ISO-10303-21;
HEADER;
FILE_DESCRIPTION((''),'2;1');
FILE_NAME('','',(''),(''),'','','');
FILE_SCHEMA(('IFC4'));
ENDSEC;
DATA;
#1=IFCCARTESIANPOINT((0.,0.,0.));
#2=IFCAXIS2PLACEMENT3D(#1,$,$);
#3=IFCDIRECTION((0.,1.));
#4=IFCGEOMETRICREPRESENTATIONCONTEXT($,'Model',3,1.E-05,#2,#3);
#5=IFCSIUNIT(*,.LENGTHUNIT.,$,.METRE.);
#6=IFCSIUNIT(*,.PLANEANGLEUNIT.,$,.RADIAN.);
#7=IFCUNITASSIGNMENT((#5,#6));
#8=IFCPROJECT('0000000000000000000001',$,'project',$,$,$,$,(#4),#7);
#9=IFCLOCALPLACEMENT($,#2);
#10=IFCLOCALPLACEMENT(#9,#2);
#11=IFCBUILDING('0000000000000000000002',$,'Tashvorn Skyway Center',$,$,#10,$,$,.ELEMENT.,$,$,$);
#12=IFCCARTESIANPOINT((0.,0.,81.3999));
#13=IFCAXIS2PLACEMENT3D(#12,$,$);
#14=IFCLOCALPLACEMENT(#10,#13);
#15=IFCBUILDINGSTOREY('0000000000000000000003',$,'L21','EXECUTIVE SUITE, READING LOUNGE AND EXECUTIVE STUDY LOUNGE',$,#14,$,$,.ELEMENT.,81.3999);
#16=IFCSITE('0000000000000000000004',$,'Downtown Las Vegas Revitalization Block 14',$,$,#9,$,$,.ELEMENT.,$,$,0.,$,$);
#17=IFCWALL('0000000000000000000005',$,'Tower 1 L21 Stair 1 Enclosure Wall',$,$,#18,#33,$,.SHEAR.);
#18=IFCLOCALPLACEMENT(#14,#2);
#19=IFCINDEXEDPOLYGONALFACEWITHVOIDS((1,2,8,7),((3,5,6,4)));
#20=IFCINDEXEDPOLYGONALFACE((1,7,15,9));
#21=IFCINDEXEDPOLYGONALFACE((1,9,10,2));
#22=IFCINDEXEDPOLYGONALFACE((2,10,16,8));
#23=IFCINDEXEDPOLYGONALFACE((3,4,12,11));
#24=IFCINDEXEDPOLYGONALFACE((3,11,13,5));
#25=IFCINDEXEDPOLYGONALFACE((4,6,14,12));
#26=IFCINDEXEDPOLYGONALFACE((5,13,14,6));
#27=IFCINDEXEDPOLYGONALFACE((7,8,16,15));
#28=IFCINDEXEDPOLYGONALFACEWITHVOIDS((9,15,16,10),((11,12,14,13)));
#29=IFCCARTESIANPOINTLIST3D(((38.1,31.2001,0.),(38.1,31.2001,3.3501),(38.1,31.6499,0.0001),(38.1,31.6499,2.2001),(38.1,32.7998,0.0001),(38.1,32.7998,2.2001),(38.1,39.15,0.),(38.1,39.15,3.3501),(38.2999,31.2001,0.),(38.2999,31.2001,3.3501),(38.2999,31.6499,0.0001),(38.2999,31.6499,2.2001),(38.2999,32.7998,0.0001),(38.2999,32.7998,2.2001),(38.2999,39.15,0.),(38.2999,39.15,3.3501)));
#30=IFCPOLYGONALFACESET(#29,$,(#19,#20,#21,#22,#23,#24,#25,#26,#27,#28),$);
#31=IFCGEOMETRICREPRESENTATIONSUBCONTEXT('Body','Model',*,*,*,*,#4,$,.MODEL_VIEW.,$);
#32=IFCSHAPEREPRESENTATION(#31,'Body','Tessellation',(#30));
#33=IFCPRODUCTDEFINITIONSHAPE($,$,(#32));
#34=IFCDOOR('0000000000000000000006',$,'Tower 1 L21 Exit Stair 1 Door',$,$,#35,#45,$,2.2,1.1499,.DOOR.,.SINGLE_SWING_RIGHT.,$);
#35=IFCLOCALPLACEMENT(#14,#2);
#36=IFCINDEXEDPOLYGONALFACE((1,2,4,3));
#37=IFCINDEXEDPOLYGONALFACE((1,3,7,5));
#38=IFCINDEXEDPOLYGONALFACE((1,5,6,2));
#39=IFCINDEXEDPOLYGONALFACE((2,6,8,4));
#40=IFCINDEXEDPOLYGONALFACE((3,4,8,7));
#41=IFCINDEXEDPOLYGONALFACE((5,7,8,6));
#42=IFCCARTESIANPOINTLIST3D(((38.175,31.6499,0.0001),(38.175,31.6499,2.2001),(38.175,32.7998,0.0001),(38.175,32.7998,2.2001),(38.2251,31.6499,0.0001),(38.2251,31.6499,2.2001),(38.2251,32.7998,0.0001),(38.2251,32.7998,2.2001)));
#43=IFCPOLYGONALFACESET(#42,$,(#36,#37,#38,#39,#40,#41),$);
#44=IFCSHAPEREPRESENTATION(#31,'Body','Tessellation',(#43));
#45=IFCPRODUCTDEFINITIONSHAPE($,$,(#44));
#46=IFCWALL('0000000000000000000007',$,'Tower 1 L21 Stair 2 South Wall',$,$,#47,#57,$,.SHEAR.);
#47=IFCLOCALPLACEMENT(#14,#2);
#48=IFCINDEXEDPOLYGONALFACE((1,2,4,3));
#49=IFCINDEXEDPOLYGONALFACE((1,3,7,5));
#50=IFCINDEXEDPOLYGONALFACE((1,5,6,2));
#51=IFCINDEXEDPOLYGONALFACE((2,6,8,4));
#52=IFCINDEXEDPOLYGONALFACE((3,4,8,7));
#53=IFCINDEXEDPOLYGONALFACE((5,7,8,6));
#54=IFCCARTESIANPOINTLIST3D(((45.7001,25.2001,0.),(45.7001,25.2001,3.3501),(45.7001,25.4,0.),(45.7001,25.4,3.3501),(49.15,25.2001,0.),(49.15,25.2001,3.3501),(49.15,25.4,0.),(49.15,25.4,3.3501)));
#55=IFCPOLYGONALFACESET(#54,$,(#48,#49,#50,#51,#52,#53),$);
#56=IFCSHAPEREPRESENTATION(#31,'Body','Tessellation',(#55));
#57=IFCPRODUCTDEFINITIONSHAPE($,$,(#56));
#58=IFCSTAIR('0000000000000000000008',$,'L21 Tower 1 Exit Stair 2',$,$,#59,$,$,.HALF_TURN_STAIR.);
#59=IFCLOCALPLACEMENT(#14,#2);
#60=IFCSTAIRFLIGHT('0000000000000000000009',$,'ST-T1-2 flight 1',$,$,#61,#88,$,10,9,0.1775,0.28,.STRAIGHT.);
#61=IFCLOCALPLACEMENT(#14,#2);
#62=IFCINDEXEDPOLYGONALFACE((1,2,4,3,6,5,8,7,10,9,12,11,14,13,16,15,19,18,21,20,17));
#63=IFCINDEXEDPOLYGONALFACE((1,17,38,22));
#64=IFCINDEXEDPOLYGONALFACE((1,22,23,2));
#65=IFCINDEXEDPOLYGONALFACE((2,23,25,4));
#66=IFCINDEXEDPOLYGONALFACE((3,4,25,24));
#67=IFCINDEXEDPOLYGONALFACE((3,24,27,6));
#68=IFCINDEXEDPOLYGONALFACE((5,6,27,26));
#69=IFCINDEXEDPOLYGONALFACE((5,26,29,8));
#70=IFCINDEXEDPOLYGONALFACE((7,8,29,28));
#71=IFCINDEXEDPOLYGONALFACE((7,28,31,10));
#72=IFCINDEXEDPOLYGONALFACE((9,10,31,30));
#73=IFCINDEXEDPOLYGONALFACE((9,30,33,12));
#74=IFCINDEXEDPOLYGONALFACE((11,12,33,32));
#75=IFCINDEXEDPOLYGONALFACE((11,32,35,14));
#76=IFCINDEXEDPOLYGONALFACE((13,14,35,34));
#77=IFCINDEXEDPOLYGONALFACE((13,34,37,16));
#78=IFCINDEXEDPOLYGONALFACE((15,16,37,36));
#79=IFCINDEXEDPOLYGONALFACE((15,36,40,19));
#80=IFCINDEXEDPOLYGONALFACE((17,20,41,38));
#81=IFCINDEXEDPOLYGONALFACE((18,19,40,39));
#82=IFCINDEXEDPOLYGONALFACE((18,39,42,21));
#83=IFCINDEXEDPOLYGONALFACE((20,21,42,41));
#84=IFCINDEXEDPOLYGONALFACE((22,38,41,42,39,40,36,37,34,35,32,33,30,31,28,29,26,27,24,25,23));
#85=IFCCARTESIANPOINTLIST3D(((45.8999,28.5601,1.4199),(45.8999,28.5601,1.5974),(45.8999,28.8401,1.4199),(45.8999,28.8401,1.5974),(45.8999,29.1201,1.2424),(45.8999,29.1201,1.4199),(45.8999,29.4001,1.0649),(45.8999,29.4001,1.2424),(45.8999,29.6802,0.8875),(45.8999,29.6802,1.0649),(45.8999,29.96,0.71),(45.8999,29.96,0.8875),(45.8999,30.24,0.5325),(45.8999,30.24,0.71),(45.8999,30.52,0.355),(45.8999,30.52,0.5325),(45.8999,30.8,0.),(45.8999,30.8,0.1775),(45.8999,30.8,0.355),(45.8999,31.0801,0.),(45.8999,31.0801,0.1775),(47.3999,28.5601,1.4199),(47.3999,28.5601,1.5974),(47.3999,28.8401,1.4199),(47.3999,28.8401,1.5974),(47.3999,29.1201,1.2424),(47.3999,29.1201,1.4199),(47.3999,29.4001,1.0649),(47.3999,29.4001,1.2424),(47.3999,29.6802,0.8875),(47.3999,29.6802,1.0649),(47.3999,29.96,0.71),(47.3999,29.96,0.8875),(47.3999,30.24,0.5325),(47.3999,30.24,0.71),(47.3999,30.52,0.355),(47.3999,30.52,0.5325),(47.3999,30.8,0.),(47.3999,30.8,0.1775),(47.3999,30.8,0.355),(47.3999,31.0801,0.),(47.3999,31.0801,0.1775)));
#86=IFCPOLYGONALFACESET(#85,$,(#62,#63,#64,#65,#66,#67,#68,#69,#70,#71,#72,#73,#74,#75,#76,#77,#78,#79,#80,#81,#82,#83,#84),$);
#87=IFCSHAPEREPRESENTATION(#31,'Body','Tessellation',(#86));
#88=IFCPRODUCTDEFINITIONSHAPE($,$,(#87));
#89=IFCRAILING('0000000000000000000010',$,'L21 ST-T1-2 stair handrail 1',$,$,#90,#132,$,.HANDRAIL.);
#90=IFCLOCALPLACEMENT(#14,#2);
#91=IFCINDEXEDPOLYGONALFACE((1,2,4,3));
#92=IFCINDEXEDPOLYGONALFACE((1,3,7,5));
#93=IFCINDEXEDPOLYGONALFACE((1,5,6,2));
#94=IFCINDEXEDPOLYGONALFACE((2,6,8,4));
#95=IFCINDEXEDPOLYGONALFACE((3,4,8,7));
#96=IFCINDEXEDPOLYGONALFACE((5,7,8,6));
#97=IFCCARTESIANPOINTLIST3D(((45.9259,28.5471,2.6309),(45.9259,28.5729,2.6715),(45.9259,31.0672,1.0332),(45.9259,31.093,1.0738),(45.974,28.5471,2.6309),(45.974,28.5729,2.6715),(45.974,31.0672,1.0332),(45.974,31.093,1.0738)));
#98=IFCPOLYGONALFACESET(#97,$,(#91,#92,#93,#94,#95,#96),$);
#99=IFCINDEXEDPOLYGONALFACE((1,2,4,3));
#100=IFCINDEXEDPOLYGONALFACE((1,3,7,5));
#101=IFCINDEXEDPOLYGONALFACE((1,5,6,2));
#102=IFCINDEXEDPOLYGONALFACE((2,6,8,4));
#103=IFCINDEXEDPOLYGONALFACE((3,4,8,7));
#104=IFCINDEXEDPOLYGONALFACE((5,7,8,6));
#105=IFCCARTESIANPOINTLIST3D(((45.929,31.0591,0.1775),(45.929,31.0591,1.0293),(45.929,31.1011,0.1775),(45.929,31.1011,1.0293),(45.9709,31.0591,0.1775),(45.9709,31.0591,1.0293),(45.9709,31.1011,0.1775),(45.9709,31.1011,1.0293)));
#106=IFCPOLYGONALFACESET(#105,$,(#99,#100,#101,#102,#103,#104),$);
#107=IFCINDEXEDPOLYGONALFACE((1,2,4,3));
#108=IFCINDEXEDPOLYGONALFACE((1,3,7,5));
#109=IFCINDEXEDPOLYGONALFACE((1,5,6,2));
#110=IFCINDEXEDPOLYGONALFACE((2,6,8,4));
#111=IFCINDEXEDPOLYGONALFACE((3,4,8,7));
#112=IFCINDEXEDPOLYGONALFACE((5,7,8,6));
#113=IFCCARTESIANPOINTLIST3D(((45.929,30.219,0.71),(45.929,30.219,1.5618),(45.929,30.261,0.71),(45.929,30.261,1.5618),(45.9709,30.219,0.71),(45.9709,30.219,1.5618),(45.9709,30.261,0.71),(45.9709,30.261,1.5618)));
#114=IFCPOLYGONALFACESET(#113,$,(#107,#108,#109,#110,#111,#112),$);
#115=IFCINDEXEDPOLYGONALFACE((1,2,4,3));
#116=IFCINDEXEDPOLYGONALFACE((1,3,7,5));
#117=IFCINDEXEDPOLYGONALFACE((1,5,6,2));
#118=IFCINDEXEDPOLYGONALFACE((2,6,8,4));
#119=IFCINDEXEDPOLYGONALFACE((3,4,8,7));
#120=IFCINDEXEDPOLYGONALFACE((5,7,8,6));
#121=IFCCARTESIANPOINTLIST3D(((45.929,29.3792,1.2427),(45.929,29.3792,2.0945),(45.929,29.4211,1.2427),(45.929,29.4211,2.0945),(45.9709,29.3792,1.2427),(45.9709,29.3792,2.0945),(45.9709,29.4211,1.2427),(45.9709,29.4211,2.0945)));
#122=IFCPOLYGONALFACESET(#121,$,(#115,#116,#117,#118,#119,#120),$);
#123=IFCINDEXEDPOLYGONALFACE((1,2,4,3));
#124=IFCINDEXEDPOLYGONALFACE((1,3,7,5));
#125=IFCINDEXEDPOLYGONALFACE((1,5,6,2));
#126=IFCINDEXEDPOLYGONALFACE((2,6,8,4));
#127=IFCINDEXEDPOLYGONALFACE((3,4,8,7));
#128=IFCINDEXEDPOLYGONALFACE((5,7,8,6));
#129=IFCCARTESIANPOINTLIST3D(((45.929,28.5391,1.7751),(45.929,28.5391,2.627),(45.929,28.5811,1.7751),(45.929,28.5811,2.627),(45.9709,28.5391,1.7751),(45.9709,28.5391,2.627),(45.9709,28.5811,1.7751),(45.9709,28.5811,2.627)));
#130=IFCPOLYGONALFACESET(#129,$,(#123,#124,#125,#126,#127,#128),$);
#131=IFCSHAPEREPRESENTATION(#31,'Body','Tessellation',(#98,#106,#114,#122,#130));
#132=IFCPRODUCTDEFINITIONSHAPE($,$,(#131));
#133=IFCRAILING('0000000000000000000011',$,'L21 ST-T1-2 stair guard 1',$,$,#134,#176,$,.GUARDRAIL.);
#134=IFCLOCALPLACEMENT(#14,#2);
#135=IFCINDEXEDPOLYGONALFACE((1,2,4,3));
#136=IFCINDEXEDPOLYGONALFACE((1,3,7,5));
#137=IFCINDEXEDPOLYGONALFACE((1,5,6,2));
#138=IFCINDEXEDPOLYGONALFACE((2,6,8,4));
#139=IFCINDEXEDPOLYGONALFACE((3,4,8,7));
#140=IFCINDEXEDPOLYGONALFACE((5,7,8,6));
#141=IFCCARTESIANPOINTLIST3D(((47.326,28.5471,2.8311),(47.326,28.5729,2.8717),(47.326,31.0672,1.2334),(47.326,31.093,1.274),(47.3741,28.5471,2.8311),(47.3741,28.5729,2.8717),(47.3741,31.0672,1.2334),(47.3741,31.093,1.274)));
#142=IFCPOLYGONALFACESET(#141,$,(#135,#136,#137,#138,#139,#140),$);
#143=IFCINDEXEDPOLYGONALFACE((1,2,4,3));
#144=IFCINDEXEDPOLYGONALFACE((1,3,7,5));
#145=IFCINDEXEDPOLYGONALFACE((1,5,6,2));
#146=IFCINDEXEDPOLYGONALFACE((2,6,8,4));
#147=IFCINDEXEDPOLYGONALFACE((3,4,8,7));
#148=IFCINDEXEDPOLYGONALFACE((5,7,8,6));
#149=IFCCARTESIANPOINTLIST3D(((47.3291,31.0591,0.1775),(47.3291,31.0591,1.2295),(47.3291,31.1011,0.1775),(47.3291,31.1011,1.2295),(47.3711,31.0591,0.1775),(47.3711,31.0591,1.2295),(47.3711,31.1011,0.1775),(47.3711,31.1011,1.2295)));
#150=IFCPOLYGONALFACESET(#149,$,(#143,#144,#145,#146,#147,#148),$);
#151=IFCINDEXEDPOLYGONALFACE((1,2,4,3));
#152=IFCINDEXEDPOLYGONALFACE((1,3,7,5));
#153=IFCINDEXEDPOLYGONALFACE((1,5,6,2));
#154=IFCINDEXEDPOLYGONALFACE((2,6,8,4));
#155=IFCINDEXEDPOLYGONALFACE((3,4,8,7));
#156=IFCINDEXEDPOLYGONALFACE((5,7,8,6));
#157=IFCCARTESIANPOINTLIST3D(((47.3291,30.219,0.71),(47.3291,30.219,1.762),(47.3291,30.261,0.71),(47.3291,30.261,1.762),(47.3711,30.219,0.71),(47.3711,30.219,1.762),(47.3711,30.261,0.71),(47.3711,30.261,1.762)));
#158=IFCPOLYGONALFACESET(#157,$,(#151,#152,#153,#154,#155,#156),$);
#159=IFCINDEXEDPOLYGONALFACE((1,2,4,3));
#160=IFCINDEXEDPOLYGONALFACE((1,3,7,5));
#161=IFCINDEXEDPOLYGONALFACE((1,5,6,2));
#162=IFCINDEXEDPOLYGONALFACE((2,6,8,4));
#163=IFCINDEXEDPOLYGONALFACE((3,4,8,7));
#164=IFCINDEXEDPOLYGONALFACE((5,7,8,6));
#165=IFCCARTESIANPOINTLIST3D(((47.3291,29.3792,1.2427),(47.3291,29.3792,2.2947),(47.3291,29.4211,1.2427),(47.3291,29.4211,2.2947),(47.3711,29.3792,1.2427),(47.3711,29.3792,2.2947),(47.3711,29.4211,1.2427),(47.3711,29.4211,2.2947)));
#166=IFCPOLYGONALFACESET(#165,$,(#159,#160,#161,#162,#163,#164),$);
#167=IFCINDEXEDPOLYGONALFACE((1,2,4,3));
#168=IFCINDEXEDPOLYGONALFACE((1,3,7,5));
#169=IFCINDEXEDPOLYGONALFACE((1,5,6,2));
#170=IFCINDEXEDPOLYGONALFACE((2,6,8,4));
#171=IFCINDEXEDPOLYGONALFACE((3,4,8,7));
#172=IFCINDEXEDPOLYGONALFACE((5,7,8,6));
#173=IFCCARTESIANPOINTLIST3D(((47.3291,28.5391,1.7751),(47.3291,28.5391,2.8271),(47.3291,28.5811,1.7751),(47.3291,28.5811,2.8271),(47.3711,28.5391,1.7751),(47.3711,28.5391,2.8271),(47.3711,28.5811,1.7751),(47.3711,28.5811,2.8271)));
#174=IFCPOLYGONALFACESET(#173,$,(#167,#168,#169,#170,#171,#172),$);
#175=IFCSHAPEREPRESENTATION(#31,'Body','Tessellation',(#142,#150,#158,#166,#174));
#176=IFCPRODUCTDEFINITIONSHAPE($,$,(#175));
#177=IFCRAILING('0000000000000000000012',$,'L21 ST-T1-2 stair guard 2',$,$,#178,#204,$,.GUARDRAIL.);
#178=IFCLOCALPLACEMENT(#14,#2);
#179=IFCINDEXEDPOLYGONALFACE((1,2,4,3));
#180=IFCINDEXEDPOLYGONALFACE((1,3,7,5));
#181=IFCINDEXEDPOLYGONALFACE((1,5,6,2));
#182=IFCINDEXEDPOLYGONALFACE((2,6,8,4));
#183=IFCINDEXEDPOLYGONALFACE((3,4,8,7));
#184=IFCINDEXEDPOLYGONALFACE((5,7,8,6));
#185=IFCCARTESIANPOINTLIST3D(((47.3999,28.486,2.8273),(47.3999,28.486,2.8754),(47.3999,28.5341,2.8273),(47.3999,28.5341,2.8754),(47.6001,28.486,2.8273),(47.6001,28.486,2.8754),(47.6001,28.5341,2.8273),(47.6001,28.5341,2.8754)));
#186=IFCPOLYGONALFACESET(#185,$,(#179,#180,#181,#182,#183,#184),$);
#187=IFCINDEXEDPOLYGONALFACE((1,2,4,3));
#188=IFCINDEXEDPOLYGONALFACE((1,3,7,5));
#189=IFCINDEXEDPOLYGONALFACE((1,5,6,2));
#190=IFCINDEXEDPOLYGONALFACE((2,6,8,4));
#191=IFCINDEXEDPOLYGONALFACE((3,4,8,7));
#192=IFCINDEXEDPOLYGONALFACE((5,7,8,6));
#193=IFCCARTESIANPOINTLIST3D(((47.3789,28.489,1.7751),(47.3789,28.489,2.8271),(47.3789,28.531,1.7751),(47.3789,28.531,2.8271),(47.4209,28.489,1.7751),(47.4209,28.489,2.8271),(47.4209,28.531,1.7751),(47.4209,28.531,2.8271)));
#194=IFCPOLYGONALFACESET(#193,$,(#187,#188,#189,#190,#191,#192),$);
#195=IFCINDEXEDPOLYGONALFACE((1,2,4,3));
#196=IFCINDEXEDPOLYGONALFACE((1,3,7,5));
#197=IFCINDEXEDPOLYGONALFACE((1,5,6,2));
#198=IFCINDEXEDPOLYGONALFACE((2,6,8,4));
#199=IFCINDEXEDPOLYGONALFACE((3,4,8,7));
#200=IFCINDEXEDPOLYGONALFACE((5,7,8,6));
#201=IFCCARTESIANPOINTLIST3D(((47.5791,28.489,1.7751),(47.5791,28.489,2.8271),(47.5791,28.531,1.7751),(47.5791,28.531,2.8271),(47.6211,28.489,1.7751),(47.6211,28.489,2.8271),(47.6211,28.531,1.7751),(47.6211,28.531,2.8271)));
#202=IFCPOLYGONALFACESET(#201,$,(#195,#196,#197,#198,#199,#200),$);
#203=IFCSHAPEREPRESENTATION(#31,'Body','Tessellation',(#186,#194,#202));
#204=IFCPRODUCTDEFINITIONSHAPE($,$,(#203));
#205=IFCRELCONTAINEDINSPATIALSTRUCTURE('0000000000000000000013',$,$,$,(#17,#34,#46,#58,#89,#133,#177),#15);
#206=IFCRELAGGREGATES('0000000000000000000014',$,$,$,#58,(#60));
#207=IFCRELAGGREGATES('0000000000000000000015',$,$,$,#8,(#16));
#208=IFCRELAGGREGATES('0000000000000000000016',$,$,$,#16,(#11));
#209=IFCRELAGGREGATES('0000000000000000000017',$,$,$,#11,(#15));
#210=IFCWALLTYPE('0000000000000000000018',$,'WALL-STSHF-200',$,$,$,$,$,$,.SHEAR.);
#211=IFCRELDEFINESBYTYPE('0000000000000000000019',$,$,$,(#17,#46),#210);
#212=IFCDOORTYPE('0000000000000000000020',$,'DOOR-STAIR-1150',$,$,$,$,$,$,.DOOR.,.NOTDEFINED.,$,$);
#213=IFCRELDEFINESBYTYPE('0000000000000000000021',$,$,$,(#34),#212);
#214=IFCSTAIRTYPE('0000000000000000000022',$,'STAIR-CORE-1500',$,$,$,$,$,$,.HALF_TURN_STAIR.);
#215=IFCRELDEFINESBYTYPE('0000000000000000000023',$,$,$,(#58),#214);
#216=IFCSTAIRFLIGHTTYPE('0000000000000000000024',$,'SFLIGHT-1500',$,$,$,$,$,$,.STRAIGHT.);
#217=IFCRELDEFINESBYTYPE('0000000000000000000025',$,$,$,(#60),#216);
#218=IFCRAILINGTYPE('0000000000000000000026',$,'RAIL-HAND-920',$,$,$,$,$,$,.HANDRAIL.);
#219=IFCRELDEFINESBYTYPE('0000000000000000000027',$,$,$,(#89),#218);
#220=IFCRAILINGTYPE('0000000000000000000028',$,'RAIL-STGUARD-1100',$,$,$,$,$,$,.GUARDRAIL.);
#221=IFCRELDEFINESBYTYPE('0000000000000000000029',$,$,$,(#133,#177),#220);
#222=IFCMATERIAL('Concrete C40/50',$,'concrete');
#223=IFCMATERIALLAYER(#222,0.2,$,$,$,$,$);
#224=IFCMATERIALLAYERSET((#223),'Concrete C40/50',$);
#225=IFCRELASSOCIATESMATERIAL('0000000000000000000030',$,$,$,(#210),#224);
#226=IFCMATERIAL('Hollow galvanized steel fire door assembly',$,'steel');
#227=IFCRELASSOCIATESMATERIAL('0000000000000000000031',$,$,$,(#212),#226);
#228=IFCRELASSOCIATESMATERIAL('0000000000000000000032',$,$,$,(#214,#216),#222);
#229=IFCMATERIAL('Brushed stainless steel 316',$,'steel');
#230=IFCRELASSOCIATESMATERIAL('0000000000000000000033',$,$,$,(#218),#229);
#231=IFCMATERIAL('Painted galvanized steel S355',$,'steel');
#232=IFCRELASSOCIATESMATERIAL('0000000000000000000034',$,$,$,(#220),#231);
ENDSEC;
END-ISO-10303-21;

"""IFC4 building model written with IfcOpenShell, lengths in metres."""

from ifc_helpers import new_model, si_unit, direction, frame, frame_2d, origin, origin_2d, place, context, subcontext, project, spatial, polyline, rectangle, outline, extrude, material, layer, layer_set, type_object, element, fill, aggregate, save


model = new_model("IFC4")

# Units and contexts
model_context = context("Model", 3, precision=1e-05, world=origin(), true_north=direction((0.0, 1.0)))
body_context = subcontext(model_context, "Body", "Model", "MODEL_VIEW")
ifc_project = project(units=[si_unit("LENGTHUNIT", "METRE"), si_unit("PLANEANGLEUNIT", "RADIAN")], contexts=[model_context])

# Site, building, storey
site_placement = place(None, origin())
site = spatial("IfcSite", under=ifc_project, at=site_placement, Name="Downtown Las Vegas Revitalization Block 14", CompositionType="ELEMENT", RefElevation=0.0)
building_placement = place(site_placement, origin())
building = spatial("IfcBuilding", under=site, at=building_placement, Name="Tashvorn Skyway Center", CompositionType="ELEMENT")
storey_placement = place(building_placement, frame((0.0, 0.0, 81.3999)))
storey = spatial("IfcBuildingStorey", under=building, at=storey_placement, Name="L21", Description="EXECUTIVE SUITE, READING LOUNGE AND EXECUTIVE STUDY LOUNGE", CompositionType="ELEMENT", Elevation=81.3999)

# Shared definitions
ifc_material_1 = material(Name="Concrete C40/50", Category="concrete")
ifc_material_2 = material(Name="Hollow galvanized steel fire door assembly", Category="steel")

# Wall, opening, door
ifc_layer_1 = layer(ifc_material_1, 0.2)
ifc_layer_set_1 = layer_set([ifc_layer_1], Name="Concrete C40/50")
wall_type_1 = type_object("IfcWallType", Name="WALL-STSHF-200", PredefinedType="SHEAR", material=ifc_layer_set_1)
wall_1_placement = place(storey_placement, frame((38.2, 31.2, 0.0), z_axis=(0.0, 0.0, 1.0), x_axis=(0.0, 1.0, 0.0)))
wall_1 = element("IfcWall", 1, at=wall_1_placement, inside=storey, type_object=wall_type_1, Name="Tower 1 L21 Stair 1 Enclosure Wall", PredefinedType="SHEAR", context=body_context, shape_type="SweptSolid", body=[
    extrude(rectangle(XDim=7.95, YDim=0.2, at=frame_2d((3.9751, 0.0))), origin(), (0.0, 0.0, 1.0), 3.3501),
])
opening_1_placement = place(wall_1_placement, frame((0.45, 0.0, 0.0)))
opening_1 = element("IfcOpeningElement", 2, at=opening_1_placement, cuts=wall_1, PredefinedType="OPENING", context=body_context, shape_type="SweptSolid", body=[
    extrude(rectangle(XDim=1.1499, YDim=2.2, at=frame_2d((0.575, 1.1001))), frame((0.0, 0.1099, 0.0), z_axis=(0.0, -1.0, 0.0), x_axis=(1.0, 0.0, 0.0)), (0.0, 0.0, 1.0), 0.22),
])
door_type_1 = type_object("IfcDoorType", Name="DOOR-STAIR-1150", OperationType="NOTDEFINED", PredefinedType="DOOR", material=ifc_material_2)
door_1_placement = place(opening_1_placement, origin())
door_1 = element("IfcDoor", 3, at=door_1_placement, inside=storey, type_object=door_type_1, Name="Tower 1 L21 Exit Stair 1 Door", OperationType="SINGLE_SWING_RIGHT", OverallHeight=2.2, OverallWidth=1.1499, PredefinedType="DOOR", context=body_context, shape_type="SweptSolid", body=[
    extrude(rectangle(XDim=1.1499, YDim=2.2, at=frame_2d((0.575, 1.1001))), frame((0.0, 0.0249, 0.0), z_axis=(0.0, -1.0, 0.0), x_axis=(1.0, 0.0, 0.0)), (0.0, 0.0, 1.0), 0.05),
])
fill(opening_1, door_1)

# Wall
wall_2_placement = place(storey_placement, frame((45.7, 25.3, 0.0), z_axis=(0.0, 0.0, 1.0), x_axis=(1.0, 0.0, 0.0)))
element("IfcWall", 4, at=wall_2_placement, inside=storey, type_object=wall_type_1, Name="Tower 1 L21 Stair 2 South Wall", PredefinedType="SHEAR", context=body_context, shape_type="SweptSolid", body=[
    extrude(rectangle(XDim=3.45, YDim=0.2, at=frame_2d((1.7251, 0.0))), origin(), (0.0, 0.0, 1.0), 3.3501),
])

# Stair, stair flight
stair_type = type_object("IfcStairType", Name="STAIR-CORE-1500", PredefinedType="HALF_TURN_STAIR", material=ifc_material_1)
stair_placement = place(storey_placement, origin())
stair = element("IfcStair", 5, at=stair_placement, inside=storey, type_object=stair_type, Name="L21 Tower 1 Exit Stair 2", PredefinedType="HALF_TURN_STAIR")
stair_flight_type = type_object("IfcStairFlightType", Name="SFLIGHT-1500", PredefinedType="STRAIGHT", material=ifc_material_1)
stair_flight_placement = place(storey_placement, frame((46.6499, 31.0801, 0.0), z_axis=(0.0, 0.0, 1.0), x_axis=(0.0, -1.0, 0.0)))
stair_flight = element("IfcStairFlight", 6, at=stair_flight_placement, type_object=stair_flight_type, Name="ST-T1-2 flight 1", NumberOfRisers=10, NumberOfTreads=9, PredefinedType="STRAIGHT", RiserHeight=0.1775, TreadLength=0.28, context=body_context, shape_type="SweptSolid", body=[
    extrude(outline(polyline([(0.0, 0.0), (0.0, 0.1775), (0.28, 0.1775), (0.28, 0.355), (0.5601, 0.355), (0.5601, 0.5325), (0.8401, 0.5325), (0.8401, 0.71), (1.1201, 0.71), (1.1201, 0.8875), (1.3999, 0.8875), (1.3999, 1.0649), (1.6799, 1.0649), (1.6799, 1.2424), (1.96, 1.2424), (1.96, 1.4199), (2.24, 1.4199), (2.24, 1.5974), (2.52, 1.5974), (2.52, 1.7749), (2.52, 1.4199), (0.28, 0.0), (0.0, 0.0)])), frame((0.0, 0.75, 0.0), z_axis=(0.0, -1.0, 0.0), x_axis=(1.0, 0.0, 0.0)), (0.0, 0.0, 1.0), 1.5),
])
aggregate(stair, [stair_flight])

# Railings
ifc_material_3 = material(Name="Brushed stainless steel 316", Category="steel")
railing_type_1 = type_object("IfcRailingType", Name="RAIL-HAND-920", PredefinedType="HANDRAIL", material=ifc_material_3)
railing_1_placement = place(storey_placement, frame((45.95, 31.0801, 0.1775)))
element("IfcRailing", 7, at=railing_1_placement, inside=storey, type_object=railing_type_1, Name="L21 ST-T1-2 stair handrail 1", PredefinedType="HANDRAIL", context=body_context, shape_type="SweptSolid", body=[
    extrude(rectangle(XDim=0.0481, YDim=0.0481, at=origin_2d()), frame((0.0, 0.0, 0.876), z_axis=(0.0, -0.84457, 0.535445), x_axis=(1.0, 0.0, 0.0)), (0.0, 0.0, 1.0), 2.9839),
    extrude(rectangle(XDim=0.042, YDim=0.042, at=origin_2d()), origin(), (0.0, 0.0, 1.0), 0.8518),
    extrude(rectangle(XDim=0.042, YDim=0.042, at=origin_2d()), frame((0.0, -0.8401, 0.5325)), (0.0, 0.0, 1.0), 0.8518),
    extrude(rectangle(XDim=0.042, YDim=0.042, at=origin_2d()), frame((0.0, -1.6799, 1.0652)), (0.0, 0.0, 1.0), 0.8518),
    extrude(rectangle(XDim=0.042, YDim=0.042, at=origin_2d()), frame((0.0, -2.52, 1.5977)), (0.0, 0.0, 1.0), 0.8518),
])
ifc_material_4 = material(Name="Painted galvanized steel S355", Category="steel")
railing_type_2 = type_object("IfcRailingType", Name="RAIL-STGUARD-1100", PredefinedType="GUARDRAIL", material=ifc_material_4)
railing_2_placement = place(storey_placement, frame((47.3501, 31.0801, 0.1775)))
element("IfcRailing", 8, at=railing_2_placement, inside=storey, type_object=railing_type_2, Name="L21 ST-T1-2 stair guard 1", PredefinedType="GUARDRAIL", context=body_context, shape_type="SweptSolid", body=[
    extrude(rectangle(XDim=0.0481, YDim=0.0481, at=origin_2d()), frame((0.0, 0.0, 1.0762), z_axis=(0.0, -0.84457, 0.535445), x_axis=(1.0, 0.0, 0.0)), (0.0, 0.0, 1.0), 2.9839),
    extrude(rectangle(XDim=0.042, YDim=0.042, at=origin_2d()), origin(), (0.0, 0.0, 1.0), 1.052),
    extrude(rectangle(XDim=0.042, YDim=0.042, at=origin_2d()), frame((0.0, -0.8401, 0.5325)), (0.0, 0.0, 1.0), 1.052),
    extrude(rectangle(XDim=0.042, YDim=0.042, at=origin_2d()), frame((0.0, -1.6799, 1.0652)), (0.0, 0.0, 1.0), 1.052),
    extrude(rectangle(XDim=0.042, YDim=0.042, at=origin_2d()), frame((0.0, -2.52, 1.5977)), (0.0, 0.0, 1.0), 1.052),
])
for number, where, name in (
    (9, (47.3999, 28.51, 1.7751), "L21 ST-T1-2 stair guard 2"),
):
    element("IfcRailing", number, at=place(storey_placement, frame(where)), inside=storey, type_object=railing_type_2, Name=name, PredefinedType="GUARDRAIL", context=body_context, shape_type="SweptSolid", body=[
        extrude(rectangle(XDim=0.0481, YDim=0.0481, at=origin_2d()), frame((0.0, 0.0, 1.0762), z_axis=(1.0, 0.0, 0.0), x_axis=(0.0, 1.0, 0.0)), (0.0, 0.0, 1.0), 0.2002),
        extrude(rectangle(XDim=0.042, YDim=0.042, at=origin_2d()), origin(), (0.0, 0.0, 1.0), 1.052),
        extrude(rectangle(XDim=0.042, YDim=0.042, at=origin_2d()), frame((0.2002, 0.0, 0.0)), (0.0, 0.0, 1.0), 1.052),
    ])

save(model, "model.ifc")
